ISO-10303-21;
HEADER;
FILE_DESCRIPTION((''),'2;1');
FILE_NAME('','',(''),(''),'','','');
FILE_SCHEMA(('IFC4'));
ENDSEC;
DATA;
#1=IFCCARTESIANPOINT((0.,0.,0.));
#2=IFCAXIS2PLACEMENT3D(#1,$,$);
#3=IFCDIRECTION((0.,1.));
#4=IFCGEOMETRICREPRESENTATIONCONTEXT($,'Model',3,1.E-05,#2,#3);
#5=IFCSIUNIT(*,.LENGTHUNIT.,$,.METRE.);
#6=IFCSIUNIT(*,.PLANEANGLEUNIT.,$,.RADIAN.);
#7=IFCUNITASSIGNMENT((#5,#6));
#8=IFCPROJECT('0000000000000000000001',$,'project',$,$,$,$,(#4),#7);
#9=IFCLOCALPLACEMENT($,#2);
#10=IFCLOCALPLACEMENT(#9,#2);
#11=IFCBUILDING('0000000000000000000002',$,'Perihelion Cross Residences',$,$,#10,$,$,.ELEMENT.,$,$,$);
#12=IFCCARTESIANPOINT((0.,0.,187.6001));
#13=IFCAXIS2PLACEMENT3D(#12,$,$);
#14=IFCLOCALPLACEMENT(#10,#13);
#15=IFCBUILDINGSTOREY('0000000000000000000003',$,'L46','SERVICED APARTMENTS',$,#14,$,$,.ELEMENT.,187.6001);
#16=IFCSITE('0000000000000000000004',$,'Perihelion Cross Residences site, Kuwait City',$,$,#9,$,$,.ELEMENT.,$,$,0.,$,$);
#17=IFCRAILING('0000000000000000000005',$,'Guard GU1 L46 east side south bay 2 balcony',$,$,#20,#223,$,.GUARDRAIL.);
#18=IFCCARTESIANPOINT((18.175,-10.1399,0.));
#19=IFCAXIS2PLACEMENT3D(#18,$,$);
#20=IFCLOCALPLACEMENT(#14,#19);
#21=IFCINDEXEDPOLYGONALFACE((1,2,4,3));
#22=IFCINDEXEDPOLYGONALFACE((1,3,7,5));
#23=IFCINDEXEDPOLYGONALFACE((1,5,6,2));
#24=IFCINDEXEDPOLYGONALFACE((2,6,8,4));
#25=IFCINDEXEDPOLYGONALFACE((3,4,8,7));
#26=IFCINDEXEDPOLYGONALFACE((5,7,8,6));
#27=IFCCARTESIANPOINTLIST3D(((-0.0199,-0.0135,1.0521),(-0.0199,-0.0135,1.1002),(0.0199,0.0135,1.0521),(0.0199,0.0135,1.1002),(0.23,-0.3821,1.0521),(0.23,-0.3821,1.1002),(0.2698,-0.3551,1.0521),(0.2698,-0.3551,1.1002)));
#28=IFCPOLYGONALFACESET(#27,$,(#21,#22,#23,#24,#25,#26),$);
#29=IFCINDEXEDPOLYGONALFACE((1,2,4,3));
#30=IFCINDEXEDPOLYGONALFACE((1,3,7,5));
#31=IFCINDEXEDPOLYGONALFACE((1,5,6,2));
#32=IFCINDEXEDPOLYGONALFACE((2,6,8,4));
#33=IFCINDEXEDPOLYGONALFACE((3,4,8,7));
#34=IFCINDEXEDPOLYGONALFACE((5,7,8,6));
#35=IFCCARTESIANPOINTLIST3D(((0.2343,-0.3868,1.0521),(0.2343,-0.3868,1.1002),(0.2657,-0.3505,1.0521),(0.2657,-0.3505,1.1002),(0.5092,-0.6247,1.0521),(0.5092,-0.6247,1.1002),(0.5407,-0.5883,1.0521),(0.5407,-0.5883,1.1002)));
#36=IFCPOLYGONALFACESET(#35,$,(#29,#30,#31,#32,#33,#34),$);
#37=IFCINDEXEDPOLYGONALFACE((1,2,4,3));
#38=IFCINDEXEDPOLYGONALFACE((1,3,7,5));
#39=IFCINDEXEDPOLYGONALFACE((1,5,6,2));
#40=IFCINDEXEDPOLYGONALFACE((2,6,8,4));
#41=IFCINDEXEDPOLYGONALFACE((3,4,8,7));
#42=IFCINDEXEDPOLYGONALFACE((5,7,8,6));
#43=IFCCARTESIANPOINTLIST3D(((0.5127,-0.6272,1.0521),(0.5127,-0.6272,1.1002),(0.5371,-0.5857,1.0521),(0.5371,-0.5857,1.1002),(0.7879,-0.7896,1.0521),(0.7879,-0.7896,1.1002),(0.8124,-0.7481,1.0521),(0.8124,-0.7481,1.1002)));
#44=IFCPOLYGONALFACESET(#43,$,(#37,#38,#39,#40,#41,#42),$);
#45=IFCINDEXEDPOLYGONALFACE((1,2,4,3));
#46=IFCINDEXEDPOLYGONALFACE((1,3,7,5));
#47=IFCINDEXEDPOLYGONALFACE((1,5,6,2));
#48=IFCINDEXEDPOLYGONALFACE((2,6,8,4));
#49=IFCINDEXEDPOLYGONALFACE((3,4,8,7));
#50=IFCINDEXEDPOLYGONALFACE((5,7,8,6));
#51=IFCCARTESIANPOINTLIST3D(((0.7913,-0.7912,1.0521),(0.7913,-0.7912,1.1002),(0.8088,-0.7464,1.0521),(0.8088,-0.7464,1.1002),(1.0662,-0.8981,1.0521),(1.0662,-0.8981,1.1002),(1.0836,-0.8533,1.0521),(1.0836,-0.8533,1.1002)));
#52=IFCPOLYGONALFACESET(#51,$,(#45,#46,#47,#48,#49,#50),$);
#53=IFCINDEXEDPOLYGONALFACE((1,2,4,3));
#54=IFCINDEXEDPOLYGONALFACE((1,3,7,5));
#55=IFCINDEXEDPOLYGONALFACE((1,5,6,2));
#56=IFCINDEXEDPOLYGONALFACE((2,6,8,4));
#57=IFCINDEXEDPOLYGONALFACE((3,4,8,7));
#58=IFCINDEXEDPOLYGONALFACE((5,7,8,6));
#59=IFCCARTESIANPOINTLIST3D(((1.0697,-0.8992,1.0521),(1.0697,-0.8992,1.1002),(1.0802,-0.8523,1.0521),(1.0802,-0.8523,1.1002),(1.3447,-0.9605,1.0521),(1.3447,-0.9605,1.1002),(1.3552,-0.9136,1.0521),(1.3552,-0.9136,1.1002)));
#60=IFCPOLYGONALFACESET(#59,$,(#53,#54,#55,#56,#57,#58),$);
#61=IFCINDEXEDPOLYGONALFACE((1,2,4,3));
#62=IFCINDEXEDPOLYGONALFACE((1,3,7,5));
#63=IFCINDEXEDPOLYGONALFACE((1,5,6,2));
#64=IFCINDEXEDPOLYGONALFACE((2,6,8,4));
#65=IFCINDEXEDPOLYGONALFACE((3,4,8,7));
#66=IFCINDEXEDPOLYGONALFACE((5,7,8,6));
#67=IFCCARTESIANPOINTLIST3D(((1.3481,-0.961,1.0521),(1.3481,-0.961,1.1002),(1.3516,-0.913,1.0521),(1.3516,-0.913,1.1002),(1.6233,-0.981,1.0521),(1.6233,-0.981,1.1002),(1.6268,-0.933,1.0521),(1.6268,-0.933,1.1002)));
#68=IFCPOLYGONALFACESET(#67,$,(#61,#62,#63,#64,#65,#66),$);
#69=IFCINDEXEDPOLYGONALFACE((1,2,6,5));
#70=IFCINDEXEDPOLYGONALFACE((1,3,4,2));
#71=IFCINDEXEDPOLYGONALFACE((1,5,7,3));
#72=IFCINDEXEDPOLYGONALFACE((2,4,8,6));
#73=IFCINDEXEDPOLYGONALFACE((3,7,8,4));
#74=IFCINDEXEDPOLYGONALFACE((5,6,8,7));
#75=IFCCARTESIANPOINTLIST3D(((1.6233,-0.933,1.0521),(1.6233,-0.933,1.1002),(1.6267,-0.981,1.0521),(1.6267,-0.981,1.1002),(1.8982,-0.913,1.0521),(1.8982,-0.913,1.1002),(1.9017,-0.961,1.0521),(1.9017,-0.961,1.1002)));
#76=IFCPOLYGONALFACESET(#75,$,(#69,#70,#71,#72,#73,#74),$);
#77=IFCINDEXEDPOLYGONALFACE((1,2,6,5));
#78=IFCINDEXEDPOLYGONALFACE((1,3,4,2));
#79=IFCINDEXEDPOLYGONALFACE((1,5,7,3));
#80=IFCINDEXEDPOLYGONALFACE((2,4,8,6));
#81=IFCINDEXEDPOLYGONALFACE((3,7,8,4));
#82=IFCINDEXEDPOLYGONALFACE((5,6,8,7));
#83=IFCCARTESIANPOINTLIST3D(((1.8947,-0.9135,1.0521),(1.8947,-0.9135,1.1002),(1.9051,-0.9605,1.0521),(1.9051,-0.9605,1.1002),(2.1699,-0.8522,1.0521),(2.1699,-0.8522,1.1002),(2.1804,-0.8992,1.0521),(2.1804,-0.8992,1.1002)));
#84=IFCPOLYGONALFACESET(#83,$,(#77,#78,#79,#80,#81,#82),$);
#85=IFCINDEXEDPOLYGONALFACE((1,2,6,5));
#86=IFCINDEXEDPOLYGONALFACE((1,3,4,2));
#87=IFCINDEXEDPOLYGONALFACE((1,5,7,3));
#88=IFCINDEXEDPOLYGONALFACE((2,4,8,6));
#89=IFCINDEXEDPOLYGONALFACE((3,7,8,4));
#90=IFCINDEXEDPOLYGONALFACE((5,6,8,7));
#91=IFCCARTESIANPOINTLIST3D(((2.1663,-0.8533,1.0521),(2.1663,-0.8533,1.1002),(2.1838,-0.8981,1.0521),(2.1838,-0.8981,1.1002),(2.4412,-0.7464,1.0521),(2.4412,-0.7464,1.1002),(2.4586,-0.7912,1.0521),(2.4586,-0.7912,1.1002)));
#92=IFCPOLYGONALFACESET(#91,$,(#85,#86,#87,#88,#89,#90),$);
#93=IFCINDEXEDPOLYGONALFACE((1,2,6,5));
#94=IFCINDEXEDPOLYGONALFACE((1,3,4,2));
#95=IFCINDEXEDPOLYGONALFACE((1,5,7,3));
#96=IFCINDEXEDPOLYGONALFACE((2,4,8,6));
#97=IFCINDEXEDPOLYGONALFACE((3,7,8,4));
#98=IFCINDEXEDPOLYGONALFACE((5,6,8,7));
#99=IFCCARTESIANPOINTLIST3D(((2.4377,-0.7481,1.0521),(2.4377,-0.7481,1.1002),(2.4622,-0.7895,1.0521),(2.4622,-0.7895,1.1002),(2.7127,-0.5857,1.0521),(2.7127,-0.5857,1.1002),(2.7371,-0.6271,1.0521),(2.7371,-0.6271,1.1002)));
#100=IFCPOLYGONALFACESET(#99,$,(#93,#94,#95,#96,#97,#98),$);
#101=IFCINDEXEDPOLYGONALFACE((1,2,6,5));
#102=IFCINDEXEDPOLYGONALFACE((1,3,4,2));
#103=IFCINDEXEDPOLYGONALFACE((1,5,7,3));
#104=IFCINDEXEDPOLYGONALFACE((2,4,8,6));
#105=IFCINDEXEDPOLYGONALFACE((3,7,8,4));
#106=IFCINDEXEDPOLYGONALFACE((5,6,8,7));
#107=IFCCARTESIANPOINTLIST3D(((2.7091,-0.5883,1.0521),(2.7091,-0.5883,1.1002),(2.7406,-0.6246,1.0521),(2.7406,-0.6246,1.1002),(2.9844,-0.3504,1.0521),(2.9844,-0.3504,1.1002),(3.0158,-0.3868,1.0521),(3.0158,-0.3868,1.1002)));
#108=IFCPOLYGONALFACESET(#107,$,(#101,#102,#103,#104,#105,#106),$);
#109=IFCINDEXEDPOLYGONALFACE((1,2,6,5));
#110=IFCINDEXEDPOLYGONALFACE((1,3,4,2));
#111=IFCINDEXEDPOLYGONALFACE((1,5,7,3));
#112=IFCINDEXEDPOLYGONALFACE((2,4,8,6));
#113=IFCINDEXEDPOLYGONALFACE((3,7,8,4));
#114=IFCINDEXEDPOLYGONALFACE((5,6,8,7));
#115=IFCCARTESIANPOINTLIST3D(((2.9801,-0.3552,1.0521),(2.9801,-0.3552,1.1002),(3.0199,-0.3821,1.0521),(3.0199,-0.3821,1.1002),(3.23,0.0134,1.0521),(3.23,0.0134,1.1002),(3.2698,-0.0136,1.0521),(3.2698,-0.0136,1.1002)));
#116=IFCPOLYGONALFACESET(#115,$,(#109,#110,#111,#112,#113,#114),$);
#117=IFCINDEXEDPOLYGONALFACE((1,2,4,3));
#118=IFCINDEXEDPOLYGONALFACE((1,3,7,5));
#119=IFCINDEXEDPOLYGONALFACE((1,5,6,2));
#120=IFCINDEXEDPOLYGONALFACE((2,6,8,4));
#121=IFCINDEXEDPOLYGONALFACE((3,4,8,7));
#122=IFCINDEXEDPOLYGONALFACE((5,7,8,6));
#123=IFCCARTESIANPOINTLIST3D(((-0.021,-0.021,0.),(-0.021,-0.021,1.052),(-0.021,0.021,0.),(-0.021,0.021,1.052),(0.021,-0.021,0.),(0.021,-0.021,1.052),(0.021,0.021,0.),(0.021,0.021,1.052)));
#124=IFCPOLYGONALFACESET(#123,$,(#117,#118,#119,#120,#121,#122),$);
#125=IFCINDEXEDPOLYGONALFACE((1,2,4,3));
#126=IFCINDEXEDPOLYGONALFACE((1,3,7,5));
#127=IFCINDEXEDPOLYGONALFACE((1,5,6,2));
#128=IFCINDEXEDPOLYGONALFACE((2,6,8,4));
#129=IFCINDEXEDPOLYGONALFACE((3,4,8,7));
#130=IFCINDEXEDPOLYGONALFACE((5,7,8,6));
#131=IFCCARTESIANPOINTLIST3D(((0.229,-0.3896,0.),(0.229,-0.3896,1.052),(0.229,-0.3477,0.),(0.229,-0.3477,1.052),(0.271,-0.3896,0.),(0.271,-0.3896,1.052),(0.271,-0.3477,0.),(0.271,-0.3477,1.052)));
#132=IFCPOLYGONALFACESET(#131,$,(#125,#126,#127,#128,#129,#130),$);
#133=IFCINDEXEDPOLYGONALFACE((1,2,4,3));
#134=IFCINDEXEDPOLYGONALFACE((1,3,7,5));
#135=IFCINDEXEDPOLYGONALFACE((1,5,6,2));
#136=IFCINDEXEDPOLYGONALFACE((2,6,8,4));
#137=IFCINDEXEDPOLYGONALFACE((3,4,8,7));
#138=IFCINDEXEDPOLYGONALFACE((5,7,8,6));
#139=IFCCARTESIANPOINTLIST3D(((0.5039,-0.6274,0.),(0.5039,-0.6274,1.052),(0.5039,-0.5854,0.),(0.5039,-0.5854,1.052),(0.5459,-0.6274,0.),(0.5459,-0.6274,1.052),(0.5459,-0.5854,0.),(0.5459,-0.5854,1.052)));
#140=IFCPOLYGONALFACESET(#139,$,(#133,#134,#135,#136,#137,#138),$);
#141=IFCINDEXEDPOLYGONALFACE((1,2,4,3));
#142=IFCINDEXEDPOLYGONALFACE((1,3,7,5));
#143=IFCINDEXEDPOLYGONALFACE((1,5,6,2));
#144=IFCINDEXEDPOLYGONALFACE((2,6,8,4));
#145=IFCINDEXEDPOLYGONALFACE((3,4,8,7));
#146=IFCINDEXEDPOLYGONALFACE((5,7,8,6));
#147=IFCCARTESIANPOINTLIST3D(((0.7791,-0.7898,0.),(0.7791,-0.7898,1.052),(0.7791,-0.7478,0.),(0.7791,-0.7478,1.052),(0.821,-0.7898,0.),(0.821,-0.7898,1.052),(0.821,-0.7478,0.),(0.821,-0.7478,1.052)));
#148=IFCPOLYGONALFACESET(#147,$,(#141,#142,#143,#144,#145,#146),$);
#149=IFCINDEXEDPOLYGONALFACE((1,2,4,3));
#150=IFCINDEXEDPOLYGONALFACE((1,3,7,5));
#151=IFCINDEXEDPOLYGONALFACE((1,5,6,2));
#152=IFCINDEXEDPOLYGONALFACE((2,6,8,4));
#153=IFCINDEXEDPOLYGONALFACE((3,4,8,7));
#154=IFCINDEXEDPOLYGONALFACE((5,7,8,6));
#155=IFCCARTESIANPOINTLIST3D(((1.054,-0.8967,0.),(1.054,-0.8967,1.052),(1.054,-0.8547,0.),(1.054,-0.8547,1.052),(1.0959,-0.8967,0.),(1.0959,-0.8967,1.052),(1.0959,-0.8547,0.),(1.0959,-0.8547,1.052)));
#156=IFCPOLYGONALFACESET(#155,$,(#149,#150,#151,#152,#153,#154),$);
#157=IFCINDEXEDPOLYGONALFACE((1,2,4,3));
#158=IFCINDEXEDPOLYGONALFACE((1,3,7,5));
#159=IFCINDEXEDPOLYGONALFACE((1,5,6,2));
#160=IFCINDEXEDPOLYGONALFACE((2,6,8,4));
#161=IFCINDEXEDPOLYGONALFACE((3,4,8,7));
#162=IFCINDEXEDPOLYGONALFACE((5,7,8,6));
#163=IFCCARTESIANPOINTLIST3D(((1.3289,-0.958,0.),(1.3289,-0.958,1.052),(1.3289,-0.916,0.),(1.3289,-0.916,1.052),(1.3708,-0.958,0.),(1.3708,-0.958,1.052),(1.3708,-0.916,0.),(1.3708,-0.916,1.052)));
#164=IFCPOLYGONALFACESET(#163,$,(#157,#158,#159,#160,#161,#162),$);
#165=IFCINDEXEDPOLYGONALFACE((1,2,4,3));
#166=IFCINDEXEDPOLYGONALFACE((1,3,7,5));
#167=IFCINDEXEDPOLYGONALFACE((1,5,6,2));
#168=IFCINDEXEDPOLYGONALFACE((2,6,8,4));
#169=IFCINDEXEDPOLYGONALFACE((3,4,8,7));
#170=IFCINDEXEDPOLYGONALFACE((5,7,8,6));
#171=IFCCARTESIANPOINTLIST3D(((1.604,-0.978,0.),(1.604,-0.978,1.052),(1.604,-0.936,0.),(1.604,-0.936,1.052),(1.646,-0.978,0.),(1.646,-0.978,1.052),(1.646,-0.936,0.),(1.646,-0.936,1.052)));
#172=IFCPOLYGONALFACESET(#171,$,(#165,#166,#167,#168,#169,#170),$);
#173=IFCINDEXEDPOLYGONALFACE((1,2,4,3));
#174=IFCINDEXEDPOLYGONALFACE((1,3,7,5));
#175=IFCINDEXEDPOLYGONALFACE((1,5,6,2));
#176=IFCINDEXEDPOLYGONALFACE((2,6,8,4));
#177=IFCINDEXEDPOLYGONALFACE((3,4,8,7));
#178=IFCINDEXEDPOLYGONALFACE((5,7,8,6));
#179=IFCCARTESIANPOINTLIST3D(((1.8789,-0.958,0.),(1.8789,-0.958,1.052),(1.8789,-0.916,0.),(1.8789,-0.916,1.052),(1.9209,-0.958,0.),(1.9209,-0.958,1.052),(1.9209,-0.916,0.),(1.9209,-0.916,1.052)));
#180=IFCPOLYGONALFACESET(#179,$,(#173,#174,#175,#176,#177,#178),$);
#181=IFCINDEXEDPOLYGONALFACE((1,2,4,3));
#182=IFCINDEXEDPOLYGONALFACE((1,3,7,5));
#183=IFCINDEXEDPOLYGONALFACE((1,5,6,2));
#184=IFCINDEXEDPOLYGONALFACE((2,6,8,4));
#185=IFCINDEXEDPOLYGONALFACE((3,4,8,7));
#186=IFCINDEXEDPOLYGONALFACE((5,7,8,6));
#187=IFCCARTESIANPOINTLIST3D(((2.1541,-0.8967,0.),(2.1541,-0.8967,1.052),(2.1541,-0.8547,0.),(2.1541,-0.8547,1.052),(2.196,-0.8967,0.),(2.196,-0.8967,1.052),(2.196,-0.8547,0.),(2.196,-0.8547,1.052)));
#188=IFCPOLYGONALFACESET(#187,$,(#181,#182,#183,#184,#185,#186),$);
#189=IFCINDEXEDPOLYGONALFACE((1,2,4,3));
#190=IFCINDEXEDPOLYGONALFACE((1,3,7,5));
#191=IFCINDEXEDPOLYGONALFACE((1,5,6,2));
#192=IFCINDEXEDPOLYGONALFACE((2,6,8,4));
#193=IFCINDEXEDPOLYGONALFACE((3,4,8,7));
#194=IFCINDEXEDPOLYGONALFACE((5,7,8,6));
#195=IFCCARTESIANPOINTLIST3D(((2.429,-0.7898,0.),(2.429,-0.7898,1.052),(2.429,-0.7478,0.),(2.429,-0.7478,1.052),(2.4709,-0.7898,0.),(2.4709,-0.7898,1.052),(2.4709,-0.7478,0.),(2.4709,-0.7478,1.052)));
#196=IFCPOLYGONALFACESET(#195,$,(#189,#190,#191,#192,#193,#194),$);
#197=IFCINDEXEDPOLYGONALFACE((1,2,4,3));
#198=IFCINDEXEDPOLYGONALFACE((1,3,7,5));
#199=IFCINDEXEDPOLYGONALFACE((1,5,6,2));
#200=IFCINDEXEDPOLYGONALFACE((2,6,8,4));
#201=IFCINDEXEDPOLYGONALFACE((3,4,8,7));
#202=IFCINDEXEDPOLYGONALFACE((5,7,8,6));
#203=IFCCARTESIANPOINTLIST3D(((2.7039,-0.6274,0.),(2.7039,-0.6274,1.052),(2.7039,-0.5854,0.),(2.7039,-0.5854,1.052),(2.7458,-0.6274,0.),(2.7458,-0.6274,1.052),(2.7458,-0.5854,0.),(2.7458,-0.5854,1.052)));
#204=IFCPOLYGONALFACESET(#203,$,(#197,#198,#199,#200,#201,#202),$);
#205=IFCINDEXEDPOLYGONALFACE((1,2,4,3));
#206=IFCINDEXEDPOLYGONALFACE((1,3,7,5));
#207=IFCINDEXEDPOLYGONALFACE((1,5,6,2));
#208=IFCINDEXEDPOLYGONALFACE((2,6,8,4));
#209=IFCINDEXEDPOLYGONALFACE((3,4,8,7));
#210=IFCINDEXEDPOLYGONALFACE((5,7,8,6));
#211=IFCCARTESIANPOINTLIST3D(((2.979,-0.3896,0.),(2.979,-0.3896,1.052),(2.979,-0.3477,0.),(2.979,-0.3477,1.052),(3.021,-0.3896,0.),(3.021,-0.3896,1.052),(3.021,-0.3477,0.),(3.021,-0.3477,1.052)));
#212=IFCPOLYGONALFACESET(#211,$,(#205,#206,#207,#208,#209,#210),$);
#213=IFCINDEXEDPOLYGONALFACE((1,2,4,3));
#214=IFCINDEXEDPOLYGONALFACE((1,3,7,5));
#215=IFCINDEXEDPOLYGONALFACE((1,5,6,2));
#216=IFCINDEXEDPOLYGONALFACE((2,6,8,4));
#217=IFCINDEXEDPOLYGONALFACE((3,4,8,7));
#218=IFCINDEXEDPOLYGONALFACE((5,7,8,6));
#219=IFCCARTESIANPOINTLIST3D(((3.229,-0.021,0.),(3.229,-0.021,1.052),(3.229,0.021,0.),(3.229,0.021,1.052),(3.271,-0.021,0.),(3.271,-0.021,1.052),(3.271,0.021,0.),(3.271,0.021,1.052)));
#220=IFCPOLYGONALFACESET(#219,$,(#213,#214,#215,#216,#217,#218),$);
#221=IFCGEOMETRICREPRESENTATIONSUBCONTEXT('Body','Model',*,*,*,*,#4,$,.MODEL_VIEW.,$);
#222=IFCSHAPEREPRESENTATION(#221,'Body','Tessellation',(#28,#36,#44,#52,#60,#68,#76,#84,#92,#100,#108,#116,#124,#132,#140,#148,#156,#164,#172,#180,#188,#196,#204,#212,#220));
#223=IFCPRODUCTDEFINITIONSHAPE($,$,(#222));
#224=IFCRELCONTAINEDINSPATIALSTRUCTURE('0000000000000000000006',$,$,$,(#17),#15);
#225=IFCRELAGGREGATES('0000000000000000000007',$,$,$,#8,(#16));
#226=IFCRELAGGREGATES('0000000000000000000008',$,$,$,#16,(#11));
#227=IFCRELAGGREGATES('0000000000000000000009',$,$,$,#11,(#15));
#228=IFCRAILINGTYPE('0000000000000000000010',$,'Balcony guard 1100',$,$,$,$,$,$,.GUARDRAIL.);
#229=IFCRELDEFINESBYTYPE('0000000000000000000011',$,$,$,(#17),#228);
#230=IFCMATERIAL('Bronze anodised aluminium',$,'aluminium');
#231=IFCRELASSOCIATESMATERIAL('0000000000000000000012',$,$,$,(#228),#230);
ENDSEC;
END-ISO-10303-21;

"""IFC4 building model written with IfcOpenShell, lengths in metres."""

from ifc_helpers import new_model, si_unit, direction, frame, origin, origin_2d, place, context, subcontext, project, spatial, rectangle, extrude, material, type_object, element, save


model = new_model("IFC4")

# Units and contexts
model_context = context("Model", 3, precision=1e-05, world=origin(), true_north=direction((0.0, 1.0)))
body_context = subcontext(model_context, "Body", "Model", "MODEL_VIEW")
ifc_project = project(units=[si_unit("LENGTHUNIT", "METRE"), si_unit("PLANEANGLEUNIT", "RADIAN")], contexts=[model_context])

# Site, building, storey
site_placement = place(None, origin())
site = spatial("IfcSite", under=ifc_project, at=site_placement, Name="Perihelion Cross Residences site, Kuwait City", CompositionType="ELEMENT", RefElevation=0.0)
building_placement = place(site_placement, origin())
building = spatial("IfcBuilding", under=site, at=building_placement, Name="Perihelion Cross Residences", CompositionType="ELEMENT")
storey_placement = place(building_placement, frame((0.0, 0.0, 187.6001)))
storey = spatial("IfcBuildingStorey", under=building, at=storey_placement, Name="L46", Description="SERVICED APARTMENTS", CompositionType="ELEMENT", Elevation=187.6001)

# Railing
ifc_material_1 = material(Name="Bronze anodised aluminium", Category="aluminium")
railing_type = type_object("IfcRailingType", Name="Balcony guard 1100", PredefinedType="GUARDRAIL", material=ifc_material_1)
railing_1_placement = place(storey_placement, frame((18.175, -10.1399, 0.0)))
element("IfcRailing", 1, at=railing_1_placement, inside=storey, type_object=railing_type, Name="Guard GU1 L46 east side south bay 2 balcony", PredefinedType="GUARDRAIL", context=body_context, shape_type="SweptSolid", body=[
    extrude(rectangle(XDim=0.0481, YDim=0.0481, at=origin_2d()), frame((0.0, 0.0, 1.0762), z_axis=(0.56126, -0.827639, 0.0), x_axis=(0.827639, 0.56126, 0.0)), (0.0, 0.0, 1.0), 0.4453),
    extrude(rectangle(XDim=0.0481, YDim=0.0481, at=origin_2d()), frame((0.25, -0.3687, 1.0762), z_axis=(0.756309, -0.654214, 0.0), x_axis=(0.654214, 0.756309, 0.0)), (0.0, 0.0, 1.0), 0.3635),
    extrude(rectangle(XDim=0.0481, YDim=0.0481, at=origin_2d()), frame((0.5249, -0.6064, 1.0762), z_axis=(0.861246, -0.508189, 0.0), x_axis=(0.508189, 0.861246, 0.0)), (0.0, 0.0, 1.0), 0.3196),
    extrude(rectangle(XDim=0.0481, YDim=0.0481, at=origin_2d()), frame((0.8, -0.7688, 1.0762), z_axis=(0.931974, -0.362526, 0.0), x_axis=(0.362526, 0.931974, 0.0)), (0.0, 0.0, 1.0), 0.2949),
    extrude(rectangle(XDim=0.0481, YDim=0.0481, at=origin_2d()), frame((1.075, -0.8757, 1.0762), z_axis=(0.976044, -0.217573, 0.0), x_axis=(0.217573, 0.976044, 0.0)), (0.0, 0.0, 1.0), 0.2817),
    extrude(rectangle(XDim=0.0481, YDim=0.0481, at=origin_2d()), frame((1.3499, -0.937, 1.0762), z_axis=(0.997363, -0.072568, 0.0), x_axis=(0.072568, 0.997363, 0.0)), (0.0, 0.0, 1.0), 0.2759),
    extrude(rectangle(XDim=0.0481, YDim=0.0481, at=origin_2d()), frame((1.625, -0.957, 1.0762), z_axis=(0.997359, 0.072632, 0.0), x_axis=(-0.072632, 0.997359, 0.0)), (0.0, 0.0, 1.0), 0.2756),
    extrude(rectangle(XDim=0.0481, YDim=0.0481, at=origin_2d()), frame((1.8999, -0.937, 1.0762), z_axis=(0.976085, 0.217389, 0.0), x_axis=(-0.217389, 0.976085, 0.0)), (0.0, 0.0, 1.0), 0.282),
    extrude(rectangle(XDim=0.0481, YDim=0.0481, at=origin_2d()), frame((2.175, -0.8757, 1.0762), z_axis=(0.931974, 0.362526, 0.0), x_axis=(-0.362526, 0.931974, 0.0)), (0.0, 0.0, 1.0), 0.2949),
    extrude(rectangle(XDim=0.0481, YDim=0.0481, at=origin_2d()), frame((2.45, -0.7688, 1.0762), z_axis=(0.861048, 0.508523, 0.0), x_axis=(-0.508523, 0.861048, 0.0)), (0.0, 0.0, 1.0), 0.3193),
    extrude(rectangle(XDim=0.0481, YDim=0.0481, at=origin_2d()), frame((2.7249, -0.6064, 1.0762), z_axis=(0.756597, 0.653882, 0.0), x_axis=(-0.653882, 0.756597, 0.0)), (0.0, 0.0, 1.0), 0.3638),
    extrude(rectangle(XDim=0.0481, YDim=0.0481, at=origin_2d()), frame((3.0, -0.3687, 1.0762), z_axis=(0.56126, 0.827639, 0.0), x_axis=(-0.827639, 0.56126, 0.0)), (0.0, 0.0, 1.0), 0.4453),
    extrude(rectangle(XDim=0.042, YDim=0.042, at=origin_2d()), origin(), (0.0, 0.0, 1.0), 1.052),
    extrude(rectangle(XDim=0.042, YDim=0.042, at=origin_2d()), frame((0.25, -0.3687, 0.0)), (0.0, 0.0, 1.0), 1.052),
    extrude(rectangle(XDim=0.042, YDim=0.042, at=origin_2d()), frame((0.5249, -0.6064, 0.0)), (0.0, 0.0, 1.0), 1.052),
    extrude(rectangle(XDim=0.042, YDim=0.042, at=origin_2d()), frame((0.8, -0.7688, 0.0)), (0.0, 0.0, 1.0), 1.052),
    extrude(rectangle(XDim=0.042, YDim=0.042, at=origin_2d()), frame((1.075, -0.8757, 0.0)), (0.0, 0.0, 1.0), 1.052),
    extrude(rectangle(XDim=0.042, YDim=0.042, at=origin_2d()), frame((1.3499, -0.937, 0.0)), (0.0, 0.0, 1.0), 1.052),
    extrude(rectangle(XDim=0.042, YDim=0.042, at=origin_2d()), frame((1.625, -0.957, 0.0)), (0.0, 0.0, 1.0), 1.052),
    extrude(rectangle(XDim=0.042, YDim=0.042, at=origin_2d()), frame((1.8999, -0.937, 0.0)), (0.0, 0.0, 1.0), 1.052),
    extrude(rectangle(XDim=0.042, YDim=0.042, at=origin_2d()), frame((2.175, -0.8757, 0.0)), (0.0, 0.0, 1.0), 1.052),
    extrude(rectangle(XDim=0.042, YDim=0.042, at=origin_2d()), frame((2.45, -0.7688, 0.0)), (0.0, 0.0, 1.0), 1.052),
    extrude(rectangle(XDim=0.042, YDim=0.042, at=origin_2d()), frame((2.7249, -0.6064, 0.0)), (0.0, 0.0, 1.0), 1.052),
    extrude(rectangle(XDim=0.042, YDim=0.042, at=origin_2d()), frame((3.0, -0.3687, 0.0)), (0.0, 0.0, 1.0), 1.052),
    extrude(rectangle(XDim=0.042, YDim=0.042, at=origin_2d()), frame((3.25, 0.0, 0.0)), (0.0, 0.0, 1.0), 1.052),
])

save(model, "model.ifc")
